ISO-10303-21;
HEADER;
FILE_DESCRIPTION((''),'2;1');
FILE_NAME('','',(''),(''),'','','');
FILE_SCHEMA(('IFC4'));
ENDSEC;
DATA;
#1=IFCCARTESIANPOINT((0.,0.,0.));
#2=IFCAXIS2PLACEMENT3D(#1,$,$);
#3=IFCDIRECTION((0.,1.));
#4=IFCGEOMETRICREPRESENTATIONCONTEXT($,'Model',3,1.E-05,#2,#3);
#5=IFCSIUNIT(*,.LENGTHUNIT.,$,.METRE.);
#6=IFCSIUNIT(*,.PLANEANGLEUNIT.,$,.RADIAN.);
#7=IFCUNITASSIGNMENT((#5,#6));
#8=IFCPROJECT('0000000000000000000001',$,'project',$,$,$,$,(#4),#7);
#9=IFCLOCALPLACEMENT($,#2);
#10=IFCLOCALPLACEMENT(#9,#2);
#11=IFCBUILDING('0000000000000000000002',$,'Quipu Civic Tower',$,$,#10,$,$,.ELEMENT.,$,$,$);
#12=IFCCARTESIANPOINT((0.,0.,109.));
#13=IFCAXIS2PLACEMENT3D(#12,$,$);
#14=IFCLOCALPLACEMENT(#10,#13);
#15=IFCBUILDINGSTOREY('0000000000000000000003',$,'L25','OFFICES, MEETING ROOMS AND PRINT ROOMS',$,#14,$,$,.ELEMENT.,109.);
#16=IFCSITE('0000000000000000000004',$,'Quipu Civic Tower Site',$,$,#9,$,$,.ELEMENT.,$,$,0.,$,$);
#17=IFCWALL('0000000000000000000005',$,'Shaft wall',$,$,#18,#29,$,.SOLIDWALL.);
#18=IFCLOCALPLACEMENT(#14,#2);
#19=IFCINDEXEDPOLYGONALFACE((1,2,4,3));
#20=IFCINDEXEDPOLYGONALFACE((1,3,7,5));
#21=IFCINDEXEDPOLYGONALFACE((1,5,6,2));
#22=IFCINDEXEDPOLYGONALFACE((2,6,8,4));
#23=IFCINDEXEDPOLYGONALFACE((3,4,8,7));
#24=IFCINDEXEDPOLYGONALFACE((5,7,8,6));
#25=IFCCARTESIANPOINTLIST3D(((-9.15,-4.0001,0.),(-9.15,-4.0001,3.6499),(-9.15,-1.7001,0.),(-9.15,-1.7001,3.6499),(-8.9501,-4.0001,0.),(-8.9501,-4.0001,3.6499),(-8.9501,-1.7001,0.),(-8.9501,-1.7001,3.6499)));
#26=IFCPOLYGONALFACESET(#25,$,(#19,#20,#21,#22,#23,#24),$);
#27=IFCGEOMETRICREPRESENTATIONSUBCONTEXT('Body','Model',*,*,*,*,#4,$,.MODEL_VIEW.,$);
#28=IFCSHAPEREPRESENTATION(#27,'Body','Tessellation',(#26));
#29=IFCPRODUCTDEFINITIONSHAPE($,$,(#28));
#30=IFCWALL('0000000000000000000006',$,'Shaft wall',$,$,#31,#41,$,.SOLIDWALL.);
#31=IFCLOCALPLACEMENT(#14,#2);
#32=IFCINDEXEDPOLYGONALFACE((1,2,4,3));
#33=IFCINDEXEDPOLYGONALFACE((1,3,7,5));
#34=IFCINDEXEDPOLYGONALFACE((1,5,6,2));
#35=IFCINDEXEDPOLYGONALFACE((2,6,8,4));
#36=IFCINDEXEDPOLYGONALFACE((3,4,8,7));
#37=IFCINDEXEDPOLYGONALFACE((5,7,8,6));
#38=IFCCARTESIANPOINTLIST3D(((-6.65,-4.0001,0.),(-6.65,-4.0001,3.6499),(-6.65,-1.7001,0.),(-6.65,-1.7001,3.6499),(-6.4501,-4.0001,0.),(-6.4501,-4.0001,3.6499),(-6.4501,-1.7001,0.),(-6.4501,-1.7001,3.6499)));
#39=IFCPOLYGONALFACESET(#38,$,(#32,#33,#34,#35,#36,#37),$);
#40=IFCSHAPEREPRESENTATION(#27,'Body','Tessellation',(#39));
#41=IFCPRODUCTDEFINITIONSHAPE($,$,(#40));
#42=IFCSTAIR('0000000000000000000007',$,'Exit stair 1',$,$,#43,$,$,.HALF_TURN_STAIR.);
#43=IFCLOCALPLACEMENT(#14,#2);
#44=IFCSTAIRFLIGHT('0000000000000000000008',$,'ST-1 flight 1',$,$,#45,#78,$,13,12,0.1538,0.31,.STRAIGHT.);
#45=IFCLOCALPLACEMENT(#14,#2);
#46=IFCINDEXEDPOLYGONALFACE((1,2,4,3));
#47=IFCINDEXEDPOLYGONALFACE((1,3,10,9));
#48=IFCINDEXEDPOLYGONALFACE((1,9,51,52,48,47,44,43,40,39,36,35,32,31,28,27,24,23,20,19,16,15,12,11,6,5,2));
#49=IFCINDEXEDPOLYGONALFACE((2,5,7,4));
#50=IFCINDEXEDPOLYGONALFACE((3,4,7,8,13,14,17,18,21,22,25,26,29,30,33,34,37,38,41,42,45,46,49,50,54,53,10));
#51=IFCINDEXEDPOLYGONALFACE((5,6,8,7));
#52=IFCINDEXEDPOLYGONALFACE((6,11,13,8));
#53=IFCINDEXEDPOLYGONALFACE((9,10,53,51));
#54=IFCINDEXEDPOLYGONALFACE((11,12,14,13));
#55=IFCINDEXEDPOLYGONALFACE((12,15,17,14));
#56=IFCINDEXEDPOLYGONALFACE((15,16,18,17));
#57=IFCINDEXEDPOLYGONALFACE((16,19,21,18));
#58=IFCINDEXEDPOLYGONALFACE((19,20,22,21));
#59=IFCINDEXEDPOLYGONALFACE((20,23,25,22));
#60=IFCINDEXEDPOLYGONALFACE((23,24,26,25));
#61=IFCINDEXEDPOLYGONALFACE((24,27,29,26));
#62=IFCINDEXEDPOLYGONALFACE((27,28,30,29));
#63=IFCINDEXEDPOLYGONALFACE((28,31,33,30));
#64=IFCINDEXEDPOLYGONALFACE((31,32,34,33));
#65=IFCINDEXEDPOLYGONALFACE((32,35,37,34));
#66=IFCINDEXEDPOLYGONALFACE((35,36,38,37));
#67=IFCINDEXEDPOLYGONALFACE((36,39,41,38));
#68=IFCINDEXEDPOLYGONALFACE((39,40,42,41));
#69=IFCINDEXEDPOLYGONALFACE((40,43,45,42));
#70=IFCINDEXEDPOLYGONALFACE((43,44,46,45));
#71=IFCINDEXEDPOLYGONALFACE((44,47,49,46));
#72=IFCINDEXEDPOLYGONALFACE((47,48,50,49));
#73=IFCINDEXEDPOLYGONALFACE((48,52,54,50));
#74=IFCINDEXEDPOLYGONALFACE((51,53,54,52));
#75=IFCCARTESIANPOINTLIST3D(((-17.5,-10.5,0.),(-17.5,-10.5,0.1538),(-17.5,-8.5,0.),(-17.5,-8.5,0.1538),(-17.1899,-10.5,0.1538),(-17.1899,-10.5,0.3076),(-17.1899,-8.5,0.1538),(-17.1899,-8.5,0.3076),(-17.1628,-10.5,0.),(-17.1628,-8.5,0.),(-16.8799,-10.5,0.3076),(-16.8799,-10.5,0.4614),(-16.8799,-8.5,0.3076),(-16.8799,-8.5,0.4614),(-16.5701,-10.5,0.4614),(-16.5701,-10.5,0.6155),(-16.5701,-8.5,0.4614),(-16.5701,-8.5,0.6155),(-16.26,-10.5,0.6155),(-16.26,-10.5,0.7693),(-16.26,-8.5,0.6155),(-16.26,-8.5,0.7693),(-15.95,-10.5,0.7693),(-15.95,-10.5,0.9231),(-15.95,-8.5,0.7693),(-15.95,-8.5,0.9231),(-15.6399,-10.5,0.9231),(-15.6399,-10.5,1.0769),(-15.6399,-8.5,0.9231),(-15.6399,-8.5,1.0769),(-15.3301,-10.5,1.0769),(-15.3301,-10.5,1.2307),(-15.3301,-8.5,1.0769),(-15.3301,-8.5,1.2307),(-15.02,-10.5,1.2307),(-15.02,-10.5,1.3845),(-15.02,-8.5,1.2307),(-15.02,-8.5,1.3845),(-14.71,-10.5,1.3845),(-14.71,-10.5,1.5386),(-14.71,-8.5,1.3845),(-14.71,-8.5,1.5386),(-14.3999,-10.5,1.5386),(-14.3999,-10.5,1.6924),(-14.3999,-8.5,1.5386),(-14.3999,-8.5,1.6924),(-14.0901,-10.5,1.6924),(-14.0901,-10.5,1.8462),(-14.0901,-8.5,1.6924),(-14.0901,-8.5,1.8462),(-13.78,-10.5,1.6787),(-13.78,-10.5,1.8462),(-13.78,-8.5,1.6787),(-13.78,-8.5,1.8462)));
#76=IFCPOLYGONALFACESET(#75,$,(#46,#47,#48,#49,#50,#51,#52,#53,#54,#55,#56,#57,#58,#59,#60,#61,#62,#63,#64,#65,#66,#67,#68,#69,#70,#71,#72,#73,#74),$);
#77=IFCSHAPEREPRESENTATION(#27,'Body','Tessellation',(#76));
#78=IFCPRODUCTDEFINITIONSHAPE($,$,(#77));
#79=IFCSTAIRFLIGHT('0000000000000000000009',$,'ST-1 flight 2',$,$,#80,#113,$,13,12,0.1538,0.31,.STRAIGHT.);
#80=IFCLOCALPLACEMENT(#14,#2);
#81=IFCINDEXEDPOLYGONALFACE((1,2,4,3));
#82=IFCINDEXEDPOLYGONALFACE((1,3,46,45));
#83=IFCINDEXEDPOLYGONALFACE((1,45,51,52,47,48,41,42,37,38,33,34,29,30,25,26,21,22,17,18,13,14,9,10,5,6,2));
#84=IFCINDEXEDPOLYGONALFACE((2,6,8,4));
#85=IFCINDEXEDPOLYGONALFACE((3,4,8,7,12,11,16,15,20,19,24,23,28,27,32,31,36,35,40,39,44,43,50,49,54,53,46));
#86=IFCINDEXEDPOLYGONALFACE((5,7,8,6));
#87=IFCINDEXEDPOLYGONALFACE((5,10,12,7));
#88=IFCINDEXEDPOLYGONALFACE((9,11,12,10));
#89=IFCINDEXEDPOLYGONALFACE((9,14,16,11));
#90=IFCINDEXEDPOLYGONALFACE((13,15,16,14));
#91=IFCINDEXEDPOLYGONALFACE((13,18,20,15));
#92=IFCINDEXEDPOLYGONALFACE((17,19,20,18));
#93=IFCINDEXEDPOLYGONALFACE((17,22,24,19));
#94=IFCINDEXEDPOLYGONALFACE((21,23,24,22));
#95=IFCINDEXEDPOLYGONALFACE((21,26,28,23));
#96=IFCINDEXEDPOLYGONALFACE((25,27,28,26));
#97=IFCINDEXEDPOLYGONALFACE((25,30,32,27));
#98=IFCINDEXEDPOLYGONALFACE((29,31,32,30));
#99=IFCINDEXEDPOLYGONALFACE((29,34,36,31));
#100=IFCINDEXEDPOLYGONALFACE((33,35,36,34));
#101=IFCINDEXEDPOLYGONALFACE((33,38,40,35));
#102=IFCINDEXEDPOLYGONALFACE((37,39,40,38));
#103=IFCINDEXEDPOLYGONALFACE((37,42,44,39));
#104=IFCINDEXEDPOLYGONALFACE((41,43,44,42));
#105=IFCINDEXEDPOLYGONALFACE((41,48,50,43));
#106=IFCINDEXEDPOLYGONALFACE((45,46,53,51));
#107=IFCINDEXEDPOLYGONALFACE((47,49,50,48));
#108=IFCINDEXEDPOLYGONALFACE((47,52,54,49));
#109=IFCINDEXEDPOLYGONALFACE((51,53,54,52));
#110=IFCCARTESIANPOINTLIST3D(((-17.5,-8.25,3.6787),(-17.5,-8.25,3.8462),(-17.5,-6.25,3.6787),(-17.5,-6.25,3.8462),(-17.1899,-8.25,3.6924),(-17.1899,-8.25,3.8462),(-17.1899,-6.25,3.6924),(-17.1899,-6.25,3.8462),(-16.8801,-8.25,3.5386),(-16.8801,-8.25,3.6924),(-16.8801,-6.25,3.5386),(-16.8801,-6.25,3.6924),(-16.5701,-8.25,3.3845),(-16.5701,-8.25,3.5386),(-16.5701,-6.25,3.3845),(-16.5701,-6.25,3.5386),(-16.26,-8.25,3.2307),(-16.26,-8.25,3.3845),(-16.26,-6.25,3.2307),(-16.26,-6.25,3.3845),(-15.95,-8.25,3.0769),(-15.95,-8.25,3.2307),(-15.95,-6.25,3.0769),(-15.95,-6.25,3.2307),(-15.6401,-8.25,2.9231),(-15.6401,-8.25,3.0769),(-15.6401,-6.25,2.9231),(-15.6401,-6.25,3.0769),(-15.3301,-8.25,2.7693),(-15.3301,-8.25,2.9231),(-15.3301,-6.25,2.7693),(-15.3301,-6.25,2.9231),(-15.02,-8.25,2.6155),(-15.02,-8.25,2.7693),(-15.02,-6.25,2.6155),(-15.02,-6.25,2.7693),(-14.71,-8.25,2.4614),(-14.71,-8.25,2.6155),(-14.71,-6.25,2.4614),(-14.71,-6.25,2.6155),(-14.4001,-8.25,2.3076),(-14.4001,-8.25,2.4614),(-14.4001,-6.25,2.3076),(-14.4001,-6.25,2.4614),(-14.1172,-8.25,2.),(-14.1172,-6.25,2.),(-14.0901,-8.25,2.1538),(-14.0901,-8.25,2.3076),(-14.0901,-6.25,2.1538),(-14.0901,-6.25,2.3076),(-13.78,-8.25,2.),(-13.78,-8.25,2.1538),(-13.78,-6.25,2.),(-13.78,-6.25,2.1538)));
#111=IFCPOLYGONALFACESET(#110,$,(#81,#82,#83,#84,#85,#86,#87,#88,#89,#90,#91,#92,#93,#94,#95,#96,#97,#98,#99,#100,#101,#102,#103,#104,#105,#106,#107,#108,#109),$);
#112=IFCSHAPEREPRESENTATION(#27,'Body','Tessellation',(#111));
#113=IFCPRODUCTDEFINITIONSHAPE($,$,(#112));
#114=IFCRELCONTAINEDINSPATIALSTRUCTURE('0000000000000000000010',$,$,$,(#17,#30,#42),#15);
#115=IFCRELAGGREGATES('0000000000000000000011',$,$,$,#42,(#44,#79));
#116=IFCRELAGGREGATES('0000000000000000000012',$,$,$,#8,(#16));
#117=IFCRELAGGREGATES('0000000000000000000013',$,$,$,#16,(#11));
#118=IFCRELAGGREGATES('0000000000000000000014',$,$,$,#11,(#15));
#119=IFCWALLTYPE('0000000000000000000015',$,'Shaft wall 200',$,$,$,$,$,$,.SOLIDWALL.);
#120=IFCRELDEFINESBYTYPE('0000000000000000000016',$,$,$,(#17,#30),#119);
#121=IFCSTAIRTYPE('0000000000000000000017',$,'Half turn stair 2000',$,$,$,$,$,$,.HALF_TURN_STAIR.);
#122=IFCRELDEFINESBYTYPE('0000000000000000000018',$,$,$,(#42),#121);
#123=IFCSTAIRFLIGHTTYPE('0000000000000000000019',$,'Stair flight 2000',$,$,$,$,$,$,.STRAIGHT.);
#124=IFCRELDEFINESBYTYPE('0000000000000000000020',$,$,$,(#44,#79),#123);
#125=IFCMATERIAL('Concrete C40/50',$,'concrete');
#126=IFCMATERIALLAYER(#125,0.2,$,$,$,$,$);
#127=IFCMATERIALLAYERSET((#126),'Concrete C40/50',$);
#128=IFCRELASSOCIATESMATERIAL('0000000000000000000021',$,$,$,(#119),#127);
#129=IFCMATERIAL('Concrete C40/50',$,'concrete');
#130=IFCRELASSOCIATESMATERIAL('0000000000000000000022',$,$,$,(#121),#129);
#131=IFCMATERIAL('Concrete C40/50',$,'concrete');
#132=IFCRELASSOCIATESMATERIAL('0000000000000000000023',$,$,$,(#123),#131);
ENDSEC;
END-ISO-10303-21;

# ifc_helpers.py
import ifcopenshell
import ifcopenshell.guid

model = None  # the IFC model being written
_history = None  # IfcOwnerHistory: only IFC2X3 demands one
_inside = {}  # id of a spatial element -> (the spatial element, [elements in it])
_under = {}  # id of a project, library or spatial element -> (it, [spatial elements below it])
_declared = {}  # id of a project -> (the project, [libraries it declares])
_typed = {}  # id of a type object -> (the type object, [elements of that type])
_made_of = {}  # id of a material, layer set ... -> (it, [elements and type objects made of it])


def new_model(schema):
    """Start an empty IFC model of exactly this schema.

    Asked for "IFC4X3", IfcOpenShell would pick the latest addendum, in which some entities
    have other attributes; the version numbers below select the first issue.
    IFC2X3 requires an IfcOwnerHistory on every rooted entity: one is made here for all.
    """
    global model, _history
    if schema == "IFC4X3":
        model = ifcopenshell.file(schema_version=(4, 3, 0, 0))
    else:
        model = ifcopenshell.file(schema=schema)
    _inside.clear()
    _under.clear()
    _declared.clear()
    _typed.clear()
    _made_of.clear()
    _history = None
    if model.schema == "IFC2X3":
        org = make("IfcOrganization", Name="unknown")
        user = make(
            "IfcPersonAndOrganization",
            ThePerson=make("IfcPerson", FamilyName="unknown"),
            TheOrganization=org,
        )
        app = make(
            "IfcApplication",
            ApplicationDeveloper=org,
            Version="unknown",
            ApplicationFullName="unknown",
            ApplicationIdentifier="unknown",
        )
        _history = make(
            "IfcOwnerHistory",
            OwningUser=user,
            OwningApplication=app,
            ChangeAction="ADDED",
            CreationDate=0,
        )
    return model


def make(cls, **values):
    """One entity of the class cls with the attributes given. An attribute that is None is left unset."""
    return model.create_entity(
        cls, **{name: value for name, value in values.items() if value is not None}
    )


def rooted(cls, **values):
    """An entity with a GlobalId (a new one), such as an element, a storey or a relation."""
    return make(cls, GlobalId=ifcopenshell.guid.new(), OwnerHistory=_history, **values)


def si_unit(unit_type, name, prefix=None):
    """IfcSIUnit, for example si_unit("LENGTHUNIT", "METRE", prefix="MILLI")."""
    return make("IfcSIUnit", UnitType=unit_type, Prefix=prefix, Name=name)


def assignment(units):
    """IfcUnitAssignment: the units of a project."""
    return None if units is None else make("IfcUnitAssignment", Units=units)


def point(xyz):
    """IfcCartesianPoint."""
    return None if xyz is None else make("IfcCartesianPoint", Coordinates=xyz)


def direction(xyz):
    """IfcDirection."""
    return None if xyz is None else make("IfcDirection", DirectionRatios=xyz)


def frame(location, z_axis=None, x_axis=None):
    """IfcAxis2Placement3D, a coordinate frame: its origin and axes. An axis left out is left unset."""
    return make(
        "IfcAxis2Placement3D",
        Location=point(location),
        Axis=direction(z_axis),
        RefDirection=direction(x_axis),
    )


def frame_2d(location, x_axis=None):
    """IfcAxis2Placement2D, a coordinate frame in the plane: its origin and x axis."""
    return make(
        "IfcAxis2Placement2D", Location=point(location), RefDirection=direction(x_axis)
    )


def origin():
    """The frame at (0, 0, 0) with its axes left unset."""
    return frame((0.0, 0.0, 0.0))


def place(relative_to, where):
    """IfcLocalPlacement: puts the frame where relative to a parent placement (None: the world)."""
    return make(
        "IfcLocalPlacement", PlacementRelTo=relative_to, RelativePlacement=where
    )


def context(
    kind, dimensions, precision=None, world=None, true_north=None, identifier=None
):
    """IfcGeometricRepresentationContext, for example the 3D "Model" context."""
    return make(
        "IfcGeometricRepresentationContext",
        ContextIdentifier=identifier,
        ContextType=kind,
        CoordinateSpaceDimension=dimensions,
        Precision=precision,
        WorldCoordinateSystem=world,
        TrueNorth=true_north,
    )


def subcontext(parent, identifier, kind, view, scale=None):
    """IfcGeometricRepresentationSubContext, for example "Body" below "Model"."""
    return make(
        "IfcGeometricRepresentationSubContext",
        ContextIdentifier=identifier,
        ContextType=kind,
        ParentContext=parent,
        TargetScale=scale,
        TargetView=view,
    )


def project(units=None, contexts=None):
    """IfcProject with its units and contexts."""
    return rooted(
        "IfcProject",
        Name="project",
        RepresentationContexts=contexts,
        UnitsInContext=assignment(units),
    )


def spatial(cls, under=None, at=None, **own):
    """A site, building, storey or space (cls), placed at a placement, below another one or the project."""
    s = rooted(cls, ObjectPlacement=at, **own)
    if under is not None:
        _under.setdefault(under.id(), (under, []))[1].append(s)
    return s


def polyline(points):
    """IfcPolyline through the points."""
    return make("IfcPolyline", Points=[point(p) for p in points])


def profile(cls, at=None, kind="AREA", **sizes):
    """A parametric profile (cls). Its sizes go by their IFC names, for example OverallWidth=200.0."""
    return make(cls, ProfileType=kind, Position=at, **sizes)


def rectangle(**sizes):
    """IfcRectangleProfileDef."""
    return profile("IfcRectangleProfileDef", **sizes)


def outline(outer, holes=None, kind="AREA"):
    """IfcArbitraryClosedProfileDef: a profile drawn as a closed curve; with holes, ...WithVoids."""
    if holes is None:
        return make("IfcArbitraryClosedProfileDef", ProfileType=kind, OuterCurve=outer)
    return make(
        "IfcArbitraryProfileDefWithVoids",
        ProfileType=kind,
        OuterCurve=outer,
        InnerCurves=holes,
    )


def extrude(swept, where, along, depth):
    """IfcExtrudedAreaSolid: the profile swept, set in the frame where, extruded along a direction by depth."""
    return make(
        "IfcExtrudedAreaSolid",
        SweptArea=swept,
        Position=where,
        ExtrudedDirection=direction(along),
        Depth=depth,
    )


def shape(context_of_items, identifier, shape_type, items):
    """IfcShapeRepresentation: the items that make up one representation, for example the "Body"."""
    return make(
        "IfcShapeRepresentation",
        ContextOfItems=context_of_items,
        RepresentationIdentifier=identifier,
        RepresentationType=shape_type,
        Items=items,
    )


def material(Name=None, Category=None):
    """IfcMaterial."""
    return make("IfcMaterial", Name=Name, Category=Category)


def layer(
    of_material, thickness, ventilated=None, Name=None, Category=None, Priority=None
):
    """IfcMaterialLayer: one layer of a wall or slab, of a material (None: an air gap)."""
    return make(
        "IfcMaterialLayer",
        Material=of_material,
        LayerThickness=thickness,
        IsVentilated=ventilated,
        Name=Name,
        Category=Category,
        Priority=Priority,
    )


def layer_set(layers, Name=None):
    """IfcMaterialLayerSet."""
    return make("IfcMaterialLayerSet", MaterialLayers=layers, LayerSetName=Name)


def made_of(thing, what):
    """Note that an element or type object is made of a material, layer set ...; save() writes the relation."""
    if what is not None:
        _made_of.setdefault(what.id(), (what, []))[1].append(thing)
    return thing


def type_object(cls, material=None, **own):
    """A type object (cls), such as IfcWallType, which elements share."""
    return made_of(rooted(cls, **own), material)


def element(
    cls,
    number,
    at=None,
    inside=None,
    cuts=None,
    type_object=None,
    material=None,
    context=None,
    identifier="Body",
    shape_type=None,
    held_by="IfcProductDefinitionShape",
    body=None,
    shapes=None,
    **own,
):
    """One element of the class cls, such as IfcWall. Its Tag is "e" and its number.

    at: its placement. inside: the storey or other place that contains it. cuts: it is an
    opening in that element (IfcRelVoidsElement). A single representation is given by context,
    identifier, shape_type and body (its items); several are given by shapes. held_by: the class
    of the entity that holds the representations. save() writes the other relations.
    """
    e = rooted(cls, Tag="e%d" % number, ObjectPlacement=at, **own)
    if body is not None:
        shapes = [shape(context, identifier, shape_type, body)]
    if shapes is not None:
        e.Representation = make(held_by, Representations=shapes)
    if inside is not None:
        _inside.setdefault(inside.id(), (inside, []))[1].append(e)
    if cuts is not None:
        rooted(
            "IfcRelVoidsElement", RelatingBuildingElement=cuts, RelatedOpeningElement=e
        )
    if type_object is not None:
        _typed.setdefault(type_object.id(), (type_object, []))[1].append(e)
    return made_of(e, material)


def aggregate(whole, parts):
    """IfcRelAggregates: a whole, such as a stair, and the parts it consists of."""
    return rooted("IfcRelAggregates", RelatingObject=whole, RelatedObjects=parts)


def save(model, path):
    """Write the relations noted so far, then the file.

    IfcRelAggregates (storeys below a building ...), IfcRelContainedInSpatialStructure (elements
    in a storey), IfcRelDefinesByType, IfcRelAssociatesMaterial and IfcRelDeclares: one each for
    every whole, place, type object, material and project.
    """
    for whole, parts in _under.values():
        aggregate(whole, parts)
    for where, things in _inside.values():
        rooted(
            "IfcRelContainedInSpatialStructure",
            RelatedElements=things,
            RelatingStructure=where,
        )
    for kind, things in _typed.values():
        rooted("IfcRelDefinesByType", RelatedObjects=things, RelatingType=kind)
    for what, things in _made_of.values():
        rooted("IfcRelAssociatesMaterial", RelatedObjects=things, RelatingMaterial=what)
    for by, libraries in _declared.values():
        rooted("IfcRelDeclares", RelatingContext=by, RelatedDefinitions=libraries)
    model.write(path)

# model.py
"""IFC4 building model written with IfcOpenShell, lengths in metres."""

from ifc_helpers import new_model, si_unit, direction, frame, frame_2d, origin, place, context, subcontext, project, spatial, polyline, rectangle, outline, extrude, material, layer, layer_set, type_object, element, aggregate, save


model = new_model("IFC4")

# Units and contexts
model_context = context("Model", 3, precision=1e-05, world=origin(), true_north=direction((0.0, 1.0)))
body_context = subcontext(model_context, "Body", "Model", "MODEL_VIEW")
ifc_project = project(units=[si_unit("LENGTHUNIT", "METRE"), si_unit("PLANEANGLEUNIT", "RADIAN")], contexts=[model_context])

# Site, building, storey
site_placement = place(None, origin())
site = spatial("IfcSite", under=ifc_project, at=site_placement, Name="Quipu Civic Tower Site", CompositionType="ELEMENT", RefElevation=0.0)
building_placement = place(site_placement, origin())
building = spatial("IfcBuilding", under=site, at=building_placement, Name="Quipu Civic Tower", CompositionType="ELEMENT")
storey_placement = place(building_placement, frame((0.0, 0.0, 109.0)))
storey = spatial("IfcBuildingStorey", under=building, at=storey_placement, Name="L25", Description="OFFICES, MEETING ROOMS AND PRINT ROOMS", CompositionType="ELEMENT", Elevation=109.0)

# Walls
ifc_material_1 = material(Name="Concrete C40/50", Category="concrete")
ifc_layer_1 = layer(ifc_material_1, 0.2)
ifc_layer_set_1 = layer_set([ifc_layer_1], Name="Concrete C40/50")
wall_type_1 = type_object("IfcWallType", Name="Shaft wall 200", PredefinedType="SOLIDWALL", material=ifc_layer_set_1)
for number, where, z_axis, x_axis, name in (
    (1, (-9.05, -4.0, 0.0), (0.0, 0.0, 1.0), (0.0, 1.0, 0.0), "Shaft wall"),
    (2, (-6.55, -4.0, 0.0), (0.0, 0.0, 1.0), (0.0, 1.0, 0.0), "Shaft wall"),
):
    element("IfcWall", number, at=place(storey_placement, frame(where, z_axis=z_axis, x_axis=x_axis)), inside=storey, type_object=wall_type_1, Name=name, PredefinedType="SOLIDWALL", context=body_context, shape_type="SweptSolid", body=[
        extrude(rectangle(XDim=2.3, YDim=0.2, at=frame_2d((1.1499, 0.0))), origin(), (0.0, 0.0, 1.0), 3.6499),
    ])

# Stair, stair flights
ifc_material_2 = material(Name="Concrete C40/50", Category="concrete")
stair_type = type_object("IfcStairType", Name="Half turn stair 2000", PredefinedType="HALF_TURN_STAIR", material=ifc_material_2)
stair_placement = place(storey_placement, origin())
stair = element("IfcStair", 3, at=stair_placement, inside=storey, type_object=stair_type, Name="Exit stair 1", PredefinedType="HALF_TURN_STAIR")
ifc_material_3 = material(Name="Concrete C40/50", Category="concrete")
stair_flight_type = type_object("IfcStairFlightType", Name="Stair flight 2000", PredefinedType="STRAIGHT", material=ifc_material_3)
stair_flight_1_placement = place(storey_placement, frame((-17.5, -9.5, 0.0), z_axis=(0.0, 0.0, 1.0), x_axis=(1.0, 0.0, 0.0)))
stair_flight_1 = element("IfcStairFlight", 4, at=stair_flight_1_placement, type_object=stair_flight_type, Name="ST-1 flight 1", NumberOfRisers=13, NumberOfTreads=12, PredefinedType="STRAIGHT", RiserHeight=0.1538, TreadLength=0.31, context=body_context, shape_type="SweptSolid", body=[
    extrude(outline(polyline([(0.0, 0.0), (0.0, 0.1538), (0.3101, 0.1538), (0.3101, 0.3076), (0.6201, 0.3076), (0.6201, 0.4614), (0.9299, 0.4614), (0.9299, 0.6155), (1.24, 0.6155), (1.24, 0.7693), (1.55, 0.7693), (1.55, 0.9231), (1.8601, 0.9231), (1.8601, 1.0769), (2.1699, 1.0769), (2.1699, 1.2307), (2.48, 1.2307), (2.48, 1.3845), (2.79, 1.3845), (2.79, 1.5386), (3.1001, 1.5386), (3.1001, 1.6924), (3.4099, 1.6924), (3.4099, 1.8462), (3.72, 1.8462), (3.72, 2.0), (3.72, 1.6787), (0.3372, 0.0), (0.0, 0.0)])), frame((0.0, 1.0, 0.0), z_axis=(0.0, -1.0, 0.0), x_axis=(1.0, 0.0, 0.0)), (0.0, 0.0, 1.0), 2.0),
])
stair_flight_2_placement = place(storey_placement, frame((-13.78, -7.25, 2.0), z_axis=(0.0, 0.0, 1.0), x_axis=(-1.0, 0.0, 0.0)))
stair_flight_2 = element("IfcStairFlight", 5, at=stair_flight_2_placement, type_object=stair_flight_type, Name="ST-1 flight 2", NumberOfRisers=13, NumberOfTreads=12, PredefinedType="STRAIGHT", RiserHeight=0.1538, TreadLength=0.31, context=body_context, shape_type="SweptSolid", body=[
    extrude(outline(polyline([(0.0, 0.0), (0.0, 0.1538), (0.3101, 0.1538), (0.3101, 0.3076), (0.6201, 0.3076), (0.6201, 0.4614), (0.9299, 0.4614), (0.9299, 0.6155), (1.24, 0.6155), (1.24, 0.7693), (1.55, 0.7693), (1.55, 0.9231), (1.8601, 0.9231), (1.8601, 1.0769), (2.1699, 1.0769), (2.1699, 1.2307), (2.48, 1.2307), (2.48, 1.3845), (2.79, 1.3845), (2.79, 1.5386), (3.1001, 1.5386), (3.1001, 1.6924), (3.4099, 1.6924), (3.4099, 1.8462), (3.72, 1.8462), (3.72, 2.0), (3.72, 1.6787), (0.3372, 0.0), (0.0, 0.0)])), frame((0.0, 1.0, 0.0), z_axis=(0.0, -1.0, 0.0), x_axis=(1.0, 0.0, 0.0)), (0.0, 0.0, 1.0), 2.0),
])
aggregate(stair, [stair_flight_1, stair_flight_2])

save(model, "model.ifc")
